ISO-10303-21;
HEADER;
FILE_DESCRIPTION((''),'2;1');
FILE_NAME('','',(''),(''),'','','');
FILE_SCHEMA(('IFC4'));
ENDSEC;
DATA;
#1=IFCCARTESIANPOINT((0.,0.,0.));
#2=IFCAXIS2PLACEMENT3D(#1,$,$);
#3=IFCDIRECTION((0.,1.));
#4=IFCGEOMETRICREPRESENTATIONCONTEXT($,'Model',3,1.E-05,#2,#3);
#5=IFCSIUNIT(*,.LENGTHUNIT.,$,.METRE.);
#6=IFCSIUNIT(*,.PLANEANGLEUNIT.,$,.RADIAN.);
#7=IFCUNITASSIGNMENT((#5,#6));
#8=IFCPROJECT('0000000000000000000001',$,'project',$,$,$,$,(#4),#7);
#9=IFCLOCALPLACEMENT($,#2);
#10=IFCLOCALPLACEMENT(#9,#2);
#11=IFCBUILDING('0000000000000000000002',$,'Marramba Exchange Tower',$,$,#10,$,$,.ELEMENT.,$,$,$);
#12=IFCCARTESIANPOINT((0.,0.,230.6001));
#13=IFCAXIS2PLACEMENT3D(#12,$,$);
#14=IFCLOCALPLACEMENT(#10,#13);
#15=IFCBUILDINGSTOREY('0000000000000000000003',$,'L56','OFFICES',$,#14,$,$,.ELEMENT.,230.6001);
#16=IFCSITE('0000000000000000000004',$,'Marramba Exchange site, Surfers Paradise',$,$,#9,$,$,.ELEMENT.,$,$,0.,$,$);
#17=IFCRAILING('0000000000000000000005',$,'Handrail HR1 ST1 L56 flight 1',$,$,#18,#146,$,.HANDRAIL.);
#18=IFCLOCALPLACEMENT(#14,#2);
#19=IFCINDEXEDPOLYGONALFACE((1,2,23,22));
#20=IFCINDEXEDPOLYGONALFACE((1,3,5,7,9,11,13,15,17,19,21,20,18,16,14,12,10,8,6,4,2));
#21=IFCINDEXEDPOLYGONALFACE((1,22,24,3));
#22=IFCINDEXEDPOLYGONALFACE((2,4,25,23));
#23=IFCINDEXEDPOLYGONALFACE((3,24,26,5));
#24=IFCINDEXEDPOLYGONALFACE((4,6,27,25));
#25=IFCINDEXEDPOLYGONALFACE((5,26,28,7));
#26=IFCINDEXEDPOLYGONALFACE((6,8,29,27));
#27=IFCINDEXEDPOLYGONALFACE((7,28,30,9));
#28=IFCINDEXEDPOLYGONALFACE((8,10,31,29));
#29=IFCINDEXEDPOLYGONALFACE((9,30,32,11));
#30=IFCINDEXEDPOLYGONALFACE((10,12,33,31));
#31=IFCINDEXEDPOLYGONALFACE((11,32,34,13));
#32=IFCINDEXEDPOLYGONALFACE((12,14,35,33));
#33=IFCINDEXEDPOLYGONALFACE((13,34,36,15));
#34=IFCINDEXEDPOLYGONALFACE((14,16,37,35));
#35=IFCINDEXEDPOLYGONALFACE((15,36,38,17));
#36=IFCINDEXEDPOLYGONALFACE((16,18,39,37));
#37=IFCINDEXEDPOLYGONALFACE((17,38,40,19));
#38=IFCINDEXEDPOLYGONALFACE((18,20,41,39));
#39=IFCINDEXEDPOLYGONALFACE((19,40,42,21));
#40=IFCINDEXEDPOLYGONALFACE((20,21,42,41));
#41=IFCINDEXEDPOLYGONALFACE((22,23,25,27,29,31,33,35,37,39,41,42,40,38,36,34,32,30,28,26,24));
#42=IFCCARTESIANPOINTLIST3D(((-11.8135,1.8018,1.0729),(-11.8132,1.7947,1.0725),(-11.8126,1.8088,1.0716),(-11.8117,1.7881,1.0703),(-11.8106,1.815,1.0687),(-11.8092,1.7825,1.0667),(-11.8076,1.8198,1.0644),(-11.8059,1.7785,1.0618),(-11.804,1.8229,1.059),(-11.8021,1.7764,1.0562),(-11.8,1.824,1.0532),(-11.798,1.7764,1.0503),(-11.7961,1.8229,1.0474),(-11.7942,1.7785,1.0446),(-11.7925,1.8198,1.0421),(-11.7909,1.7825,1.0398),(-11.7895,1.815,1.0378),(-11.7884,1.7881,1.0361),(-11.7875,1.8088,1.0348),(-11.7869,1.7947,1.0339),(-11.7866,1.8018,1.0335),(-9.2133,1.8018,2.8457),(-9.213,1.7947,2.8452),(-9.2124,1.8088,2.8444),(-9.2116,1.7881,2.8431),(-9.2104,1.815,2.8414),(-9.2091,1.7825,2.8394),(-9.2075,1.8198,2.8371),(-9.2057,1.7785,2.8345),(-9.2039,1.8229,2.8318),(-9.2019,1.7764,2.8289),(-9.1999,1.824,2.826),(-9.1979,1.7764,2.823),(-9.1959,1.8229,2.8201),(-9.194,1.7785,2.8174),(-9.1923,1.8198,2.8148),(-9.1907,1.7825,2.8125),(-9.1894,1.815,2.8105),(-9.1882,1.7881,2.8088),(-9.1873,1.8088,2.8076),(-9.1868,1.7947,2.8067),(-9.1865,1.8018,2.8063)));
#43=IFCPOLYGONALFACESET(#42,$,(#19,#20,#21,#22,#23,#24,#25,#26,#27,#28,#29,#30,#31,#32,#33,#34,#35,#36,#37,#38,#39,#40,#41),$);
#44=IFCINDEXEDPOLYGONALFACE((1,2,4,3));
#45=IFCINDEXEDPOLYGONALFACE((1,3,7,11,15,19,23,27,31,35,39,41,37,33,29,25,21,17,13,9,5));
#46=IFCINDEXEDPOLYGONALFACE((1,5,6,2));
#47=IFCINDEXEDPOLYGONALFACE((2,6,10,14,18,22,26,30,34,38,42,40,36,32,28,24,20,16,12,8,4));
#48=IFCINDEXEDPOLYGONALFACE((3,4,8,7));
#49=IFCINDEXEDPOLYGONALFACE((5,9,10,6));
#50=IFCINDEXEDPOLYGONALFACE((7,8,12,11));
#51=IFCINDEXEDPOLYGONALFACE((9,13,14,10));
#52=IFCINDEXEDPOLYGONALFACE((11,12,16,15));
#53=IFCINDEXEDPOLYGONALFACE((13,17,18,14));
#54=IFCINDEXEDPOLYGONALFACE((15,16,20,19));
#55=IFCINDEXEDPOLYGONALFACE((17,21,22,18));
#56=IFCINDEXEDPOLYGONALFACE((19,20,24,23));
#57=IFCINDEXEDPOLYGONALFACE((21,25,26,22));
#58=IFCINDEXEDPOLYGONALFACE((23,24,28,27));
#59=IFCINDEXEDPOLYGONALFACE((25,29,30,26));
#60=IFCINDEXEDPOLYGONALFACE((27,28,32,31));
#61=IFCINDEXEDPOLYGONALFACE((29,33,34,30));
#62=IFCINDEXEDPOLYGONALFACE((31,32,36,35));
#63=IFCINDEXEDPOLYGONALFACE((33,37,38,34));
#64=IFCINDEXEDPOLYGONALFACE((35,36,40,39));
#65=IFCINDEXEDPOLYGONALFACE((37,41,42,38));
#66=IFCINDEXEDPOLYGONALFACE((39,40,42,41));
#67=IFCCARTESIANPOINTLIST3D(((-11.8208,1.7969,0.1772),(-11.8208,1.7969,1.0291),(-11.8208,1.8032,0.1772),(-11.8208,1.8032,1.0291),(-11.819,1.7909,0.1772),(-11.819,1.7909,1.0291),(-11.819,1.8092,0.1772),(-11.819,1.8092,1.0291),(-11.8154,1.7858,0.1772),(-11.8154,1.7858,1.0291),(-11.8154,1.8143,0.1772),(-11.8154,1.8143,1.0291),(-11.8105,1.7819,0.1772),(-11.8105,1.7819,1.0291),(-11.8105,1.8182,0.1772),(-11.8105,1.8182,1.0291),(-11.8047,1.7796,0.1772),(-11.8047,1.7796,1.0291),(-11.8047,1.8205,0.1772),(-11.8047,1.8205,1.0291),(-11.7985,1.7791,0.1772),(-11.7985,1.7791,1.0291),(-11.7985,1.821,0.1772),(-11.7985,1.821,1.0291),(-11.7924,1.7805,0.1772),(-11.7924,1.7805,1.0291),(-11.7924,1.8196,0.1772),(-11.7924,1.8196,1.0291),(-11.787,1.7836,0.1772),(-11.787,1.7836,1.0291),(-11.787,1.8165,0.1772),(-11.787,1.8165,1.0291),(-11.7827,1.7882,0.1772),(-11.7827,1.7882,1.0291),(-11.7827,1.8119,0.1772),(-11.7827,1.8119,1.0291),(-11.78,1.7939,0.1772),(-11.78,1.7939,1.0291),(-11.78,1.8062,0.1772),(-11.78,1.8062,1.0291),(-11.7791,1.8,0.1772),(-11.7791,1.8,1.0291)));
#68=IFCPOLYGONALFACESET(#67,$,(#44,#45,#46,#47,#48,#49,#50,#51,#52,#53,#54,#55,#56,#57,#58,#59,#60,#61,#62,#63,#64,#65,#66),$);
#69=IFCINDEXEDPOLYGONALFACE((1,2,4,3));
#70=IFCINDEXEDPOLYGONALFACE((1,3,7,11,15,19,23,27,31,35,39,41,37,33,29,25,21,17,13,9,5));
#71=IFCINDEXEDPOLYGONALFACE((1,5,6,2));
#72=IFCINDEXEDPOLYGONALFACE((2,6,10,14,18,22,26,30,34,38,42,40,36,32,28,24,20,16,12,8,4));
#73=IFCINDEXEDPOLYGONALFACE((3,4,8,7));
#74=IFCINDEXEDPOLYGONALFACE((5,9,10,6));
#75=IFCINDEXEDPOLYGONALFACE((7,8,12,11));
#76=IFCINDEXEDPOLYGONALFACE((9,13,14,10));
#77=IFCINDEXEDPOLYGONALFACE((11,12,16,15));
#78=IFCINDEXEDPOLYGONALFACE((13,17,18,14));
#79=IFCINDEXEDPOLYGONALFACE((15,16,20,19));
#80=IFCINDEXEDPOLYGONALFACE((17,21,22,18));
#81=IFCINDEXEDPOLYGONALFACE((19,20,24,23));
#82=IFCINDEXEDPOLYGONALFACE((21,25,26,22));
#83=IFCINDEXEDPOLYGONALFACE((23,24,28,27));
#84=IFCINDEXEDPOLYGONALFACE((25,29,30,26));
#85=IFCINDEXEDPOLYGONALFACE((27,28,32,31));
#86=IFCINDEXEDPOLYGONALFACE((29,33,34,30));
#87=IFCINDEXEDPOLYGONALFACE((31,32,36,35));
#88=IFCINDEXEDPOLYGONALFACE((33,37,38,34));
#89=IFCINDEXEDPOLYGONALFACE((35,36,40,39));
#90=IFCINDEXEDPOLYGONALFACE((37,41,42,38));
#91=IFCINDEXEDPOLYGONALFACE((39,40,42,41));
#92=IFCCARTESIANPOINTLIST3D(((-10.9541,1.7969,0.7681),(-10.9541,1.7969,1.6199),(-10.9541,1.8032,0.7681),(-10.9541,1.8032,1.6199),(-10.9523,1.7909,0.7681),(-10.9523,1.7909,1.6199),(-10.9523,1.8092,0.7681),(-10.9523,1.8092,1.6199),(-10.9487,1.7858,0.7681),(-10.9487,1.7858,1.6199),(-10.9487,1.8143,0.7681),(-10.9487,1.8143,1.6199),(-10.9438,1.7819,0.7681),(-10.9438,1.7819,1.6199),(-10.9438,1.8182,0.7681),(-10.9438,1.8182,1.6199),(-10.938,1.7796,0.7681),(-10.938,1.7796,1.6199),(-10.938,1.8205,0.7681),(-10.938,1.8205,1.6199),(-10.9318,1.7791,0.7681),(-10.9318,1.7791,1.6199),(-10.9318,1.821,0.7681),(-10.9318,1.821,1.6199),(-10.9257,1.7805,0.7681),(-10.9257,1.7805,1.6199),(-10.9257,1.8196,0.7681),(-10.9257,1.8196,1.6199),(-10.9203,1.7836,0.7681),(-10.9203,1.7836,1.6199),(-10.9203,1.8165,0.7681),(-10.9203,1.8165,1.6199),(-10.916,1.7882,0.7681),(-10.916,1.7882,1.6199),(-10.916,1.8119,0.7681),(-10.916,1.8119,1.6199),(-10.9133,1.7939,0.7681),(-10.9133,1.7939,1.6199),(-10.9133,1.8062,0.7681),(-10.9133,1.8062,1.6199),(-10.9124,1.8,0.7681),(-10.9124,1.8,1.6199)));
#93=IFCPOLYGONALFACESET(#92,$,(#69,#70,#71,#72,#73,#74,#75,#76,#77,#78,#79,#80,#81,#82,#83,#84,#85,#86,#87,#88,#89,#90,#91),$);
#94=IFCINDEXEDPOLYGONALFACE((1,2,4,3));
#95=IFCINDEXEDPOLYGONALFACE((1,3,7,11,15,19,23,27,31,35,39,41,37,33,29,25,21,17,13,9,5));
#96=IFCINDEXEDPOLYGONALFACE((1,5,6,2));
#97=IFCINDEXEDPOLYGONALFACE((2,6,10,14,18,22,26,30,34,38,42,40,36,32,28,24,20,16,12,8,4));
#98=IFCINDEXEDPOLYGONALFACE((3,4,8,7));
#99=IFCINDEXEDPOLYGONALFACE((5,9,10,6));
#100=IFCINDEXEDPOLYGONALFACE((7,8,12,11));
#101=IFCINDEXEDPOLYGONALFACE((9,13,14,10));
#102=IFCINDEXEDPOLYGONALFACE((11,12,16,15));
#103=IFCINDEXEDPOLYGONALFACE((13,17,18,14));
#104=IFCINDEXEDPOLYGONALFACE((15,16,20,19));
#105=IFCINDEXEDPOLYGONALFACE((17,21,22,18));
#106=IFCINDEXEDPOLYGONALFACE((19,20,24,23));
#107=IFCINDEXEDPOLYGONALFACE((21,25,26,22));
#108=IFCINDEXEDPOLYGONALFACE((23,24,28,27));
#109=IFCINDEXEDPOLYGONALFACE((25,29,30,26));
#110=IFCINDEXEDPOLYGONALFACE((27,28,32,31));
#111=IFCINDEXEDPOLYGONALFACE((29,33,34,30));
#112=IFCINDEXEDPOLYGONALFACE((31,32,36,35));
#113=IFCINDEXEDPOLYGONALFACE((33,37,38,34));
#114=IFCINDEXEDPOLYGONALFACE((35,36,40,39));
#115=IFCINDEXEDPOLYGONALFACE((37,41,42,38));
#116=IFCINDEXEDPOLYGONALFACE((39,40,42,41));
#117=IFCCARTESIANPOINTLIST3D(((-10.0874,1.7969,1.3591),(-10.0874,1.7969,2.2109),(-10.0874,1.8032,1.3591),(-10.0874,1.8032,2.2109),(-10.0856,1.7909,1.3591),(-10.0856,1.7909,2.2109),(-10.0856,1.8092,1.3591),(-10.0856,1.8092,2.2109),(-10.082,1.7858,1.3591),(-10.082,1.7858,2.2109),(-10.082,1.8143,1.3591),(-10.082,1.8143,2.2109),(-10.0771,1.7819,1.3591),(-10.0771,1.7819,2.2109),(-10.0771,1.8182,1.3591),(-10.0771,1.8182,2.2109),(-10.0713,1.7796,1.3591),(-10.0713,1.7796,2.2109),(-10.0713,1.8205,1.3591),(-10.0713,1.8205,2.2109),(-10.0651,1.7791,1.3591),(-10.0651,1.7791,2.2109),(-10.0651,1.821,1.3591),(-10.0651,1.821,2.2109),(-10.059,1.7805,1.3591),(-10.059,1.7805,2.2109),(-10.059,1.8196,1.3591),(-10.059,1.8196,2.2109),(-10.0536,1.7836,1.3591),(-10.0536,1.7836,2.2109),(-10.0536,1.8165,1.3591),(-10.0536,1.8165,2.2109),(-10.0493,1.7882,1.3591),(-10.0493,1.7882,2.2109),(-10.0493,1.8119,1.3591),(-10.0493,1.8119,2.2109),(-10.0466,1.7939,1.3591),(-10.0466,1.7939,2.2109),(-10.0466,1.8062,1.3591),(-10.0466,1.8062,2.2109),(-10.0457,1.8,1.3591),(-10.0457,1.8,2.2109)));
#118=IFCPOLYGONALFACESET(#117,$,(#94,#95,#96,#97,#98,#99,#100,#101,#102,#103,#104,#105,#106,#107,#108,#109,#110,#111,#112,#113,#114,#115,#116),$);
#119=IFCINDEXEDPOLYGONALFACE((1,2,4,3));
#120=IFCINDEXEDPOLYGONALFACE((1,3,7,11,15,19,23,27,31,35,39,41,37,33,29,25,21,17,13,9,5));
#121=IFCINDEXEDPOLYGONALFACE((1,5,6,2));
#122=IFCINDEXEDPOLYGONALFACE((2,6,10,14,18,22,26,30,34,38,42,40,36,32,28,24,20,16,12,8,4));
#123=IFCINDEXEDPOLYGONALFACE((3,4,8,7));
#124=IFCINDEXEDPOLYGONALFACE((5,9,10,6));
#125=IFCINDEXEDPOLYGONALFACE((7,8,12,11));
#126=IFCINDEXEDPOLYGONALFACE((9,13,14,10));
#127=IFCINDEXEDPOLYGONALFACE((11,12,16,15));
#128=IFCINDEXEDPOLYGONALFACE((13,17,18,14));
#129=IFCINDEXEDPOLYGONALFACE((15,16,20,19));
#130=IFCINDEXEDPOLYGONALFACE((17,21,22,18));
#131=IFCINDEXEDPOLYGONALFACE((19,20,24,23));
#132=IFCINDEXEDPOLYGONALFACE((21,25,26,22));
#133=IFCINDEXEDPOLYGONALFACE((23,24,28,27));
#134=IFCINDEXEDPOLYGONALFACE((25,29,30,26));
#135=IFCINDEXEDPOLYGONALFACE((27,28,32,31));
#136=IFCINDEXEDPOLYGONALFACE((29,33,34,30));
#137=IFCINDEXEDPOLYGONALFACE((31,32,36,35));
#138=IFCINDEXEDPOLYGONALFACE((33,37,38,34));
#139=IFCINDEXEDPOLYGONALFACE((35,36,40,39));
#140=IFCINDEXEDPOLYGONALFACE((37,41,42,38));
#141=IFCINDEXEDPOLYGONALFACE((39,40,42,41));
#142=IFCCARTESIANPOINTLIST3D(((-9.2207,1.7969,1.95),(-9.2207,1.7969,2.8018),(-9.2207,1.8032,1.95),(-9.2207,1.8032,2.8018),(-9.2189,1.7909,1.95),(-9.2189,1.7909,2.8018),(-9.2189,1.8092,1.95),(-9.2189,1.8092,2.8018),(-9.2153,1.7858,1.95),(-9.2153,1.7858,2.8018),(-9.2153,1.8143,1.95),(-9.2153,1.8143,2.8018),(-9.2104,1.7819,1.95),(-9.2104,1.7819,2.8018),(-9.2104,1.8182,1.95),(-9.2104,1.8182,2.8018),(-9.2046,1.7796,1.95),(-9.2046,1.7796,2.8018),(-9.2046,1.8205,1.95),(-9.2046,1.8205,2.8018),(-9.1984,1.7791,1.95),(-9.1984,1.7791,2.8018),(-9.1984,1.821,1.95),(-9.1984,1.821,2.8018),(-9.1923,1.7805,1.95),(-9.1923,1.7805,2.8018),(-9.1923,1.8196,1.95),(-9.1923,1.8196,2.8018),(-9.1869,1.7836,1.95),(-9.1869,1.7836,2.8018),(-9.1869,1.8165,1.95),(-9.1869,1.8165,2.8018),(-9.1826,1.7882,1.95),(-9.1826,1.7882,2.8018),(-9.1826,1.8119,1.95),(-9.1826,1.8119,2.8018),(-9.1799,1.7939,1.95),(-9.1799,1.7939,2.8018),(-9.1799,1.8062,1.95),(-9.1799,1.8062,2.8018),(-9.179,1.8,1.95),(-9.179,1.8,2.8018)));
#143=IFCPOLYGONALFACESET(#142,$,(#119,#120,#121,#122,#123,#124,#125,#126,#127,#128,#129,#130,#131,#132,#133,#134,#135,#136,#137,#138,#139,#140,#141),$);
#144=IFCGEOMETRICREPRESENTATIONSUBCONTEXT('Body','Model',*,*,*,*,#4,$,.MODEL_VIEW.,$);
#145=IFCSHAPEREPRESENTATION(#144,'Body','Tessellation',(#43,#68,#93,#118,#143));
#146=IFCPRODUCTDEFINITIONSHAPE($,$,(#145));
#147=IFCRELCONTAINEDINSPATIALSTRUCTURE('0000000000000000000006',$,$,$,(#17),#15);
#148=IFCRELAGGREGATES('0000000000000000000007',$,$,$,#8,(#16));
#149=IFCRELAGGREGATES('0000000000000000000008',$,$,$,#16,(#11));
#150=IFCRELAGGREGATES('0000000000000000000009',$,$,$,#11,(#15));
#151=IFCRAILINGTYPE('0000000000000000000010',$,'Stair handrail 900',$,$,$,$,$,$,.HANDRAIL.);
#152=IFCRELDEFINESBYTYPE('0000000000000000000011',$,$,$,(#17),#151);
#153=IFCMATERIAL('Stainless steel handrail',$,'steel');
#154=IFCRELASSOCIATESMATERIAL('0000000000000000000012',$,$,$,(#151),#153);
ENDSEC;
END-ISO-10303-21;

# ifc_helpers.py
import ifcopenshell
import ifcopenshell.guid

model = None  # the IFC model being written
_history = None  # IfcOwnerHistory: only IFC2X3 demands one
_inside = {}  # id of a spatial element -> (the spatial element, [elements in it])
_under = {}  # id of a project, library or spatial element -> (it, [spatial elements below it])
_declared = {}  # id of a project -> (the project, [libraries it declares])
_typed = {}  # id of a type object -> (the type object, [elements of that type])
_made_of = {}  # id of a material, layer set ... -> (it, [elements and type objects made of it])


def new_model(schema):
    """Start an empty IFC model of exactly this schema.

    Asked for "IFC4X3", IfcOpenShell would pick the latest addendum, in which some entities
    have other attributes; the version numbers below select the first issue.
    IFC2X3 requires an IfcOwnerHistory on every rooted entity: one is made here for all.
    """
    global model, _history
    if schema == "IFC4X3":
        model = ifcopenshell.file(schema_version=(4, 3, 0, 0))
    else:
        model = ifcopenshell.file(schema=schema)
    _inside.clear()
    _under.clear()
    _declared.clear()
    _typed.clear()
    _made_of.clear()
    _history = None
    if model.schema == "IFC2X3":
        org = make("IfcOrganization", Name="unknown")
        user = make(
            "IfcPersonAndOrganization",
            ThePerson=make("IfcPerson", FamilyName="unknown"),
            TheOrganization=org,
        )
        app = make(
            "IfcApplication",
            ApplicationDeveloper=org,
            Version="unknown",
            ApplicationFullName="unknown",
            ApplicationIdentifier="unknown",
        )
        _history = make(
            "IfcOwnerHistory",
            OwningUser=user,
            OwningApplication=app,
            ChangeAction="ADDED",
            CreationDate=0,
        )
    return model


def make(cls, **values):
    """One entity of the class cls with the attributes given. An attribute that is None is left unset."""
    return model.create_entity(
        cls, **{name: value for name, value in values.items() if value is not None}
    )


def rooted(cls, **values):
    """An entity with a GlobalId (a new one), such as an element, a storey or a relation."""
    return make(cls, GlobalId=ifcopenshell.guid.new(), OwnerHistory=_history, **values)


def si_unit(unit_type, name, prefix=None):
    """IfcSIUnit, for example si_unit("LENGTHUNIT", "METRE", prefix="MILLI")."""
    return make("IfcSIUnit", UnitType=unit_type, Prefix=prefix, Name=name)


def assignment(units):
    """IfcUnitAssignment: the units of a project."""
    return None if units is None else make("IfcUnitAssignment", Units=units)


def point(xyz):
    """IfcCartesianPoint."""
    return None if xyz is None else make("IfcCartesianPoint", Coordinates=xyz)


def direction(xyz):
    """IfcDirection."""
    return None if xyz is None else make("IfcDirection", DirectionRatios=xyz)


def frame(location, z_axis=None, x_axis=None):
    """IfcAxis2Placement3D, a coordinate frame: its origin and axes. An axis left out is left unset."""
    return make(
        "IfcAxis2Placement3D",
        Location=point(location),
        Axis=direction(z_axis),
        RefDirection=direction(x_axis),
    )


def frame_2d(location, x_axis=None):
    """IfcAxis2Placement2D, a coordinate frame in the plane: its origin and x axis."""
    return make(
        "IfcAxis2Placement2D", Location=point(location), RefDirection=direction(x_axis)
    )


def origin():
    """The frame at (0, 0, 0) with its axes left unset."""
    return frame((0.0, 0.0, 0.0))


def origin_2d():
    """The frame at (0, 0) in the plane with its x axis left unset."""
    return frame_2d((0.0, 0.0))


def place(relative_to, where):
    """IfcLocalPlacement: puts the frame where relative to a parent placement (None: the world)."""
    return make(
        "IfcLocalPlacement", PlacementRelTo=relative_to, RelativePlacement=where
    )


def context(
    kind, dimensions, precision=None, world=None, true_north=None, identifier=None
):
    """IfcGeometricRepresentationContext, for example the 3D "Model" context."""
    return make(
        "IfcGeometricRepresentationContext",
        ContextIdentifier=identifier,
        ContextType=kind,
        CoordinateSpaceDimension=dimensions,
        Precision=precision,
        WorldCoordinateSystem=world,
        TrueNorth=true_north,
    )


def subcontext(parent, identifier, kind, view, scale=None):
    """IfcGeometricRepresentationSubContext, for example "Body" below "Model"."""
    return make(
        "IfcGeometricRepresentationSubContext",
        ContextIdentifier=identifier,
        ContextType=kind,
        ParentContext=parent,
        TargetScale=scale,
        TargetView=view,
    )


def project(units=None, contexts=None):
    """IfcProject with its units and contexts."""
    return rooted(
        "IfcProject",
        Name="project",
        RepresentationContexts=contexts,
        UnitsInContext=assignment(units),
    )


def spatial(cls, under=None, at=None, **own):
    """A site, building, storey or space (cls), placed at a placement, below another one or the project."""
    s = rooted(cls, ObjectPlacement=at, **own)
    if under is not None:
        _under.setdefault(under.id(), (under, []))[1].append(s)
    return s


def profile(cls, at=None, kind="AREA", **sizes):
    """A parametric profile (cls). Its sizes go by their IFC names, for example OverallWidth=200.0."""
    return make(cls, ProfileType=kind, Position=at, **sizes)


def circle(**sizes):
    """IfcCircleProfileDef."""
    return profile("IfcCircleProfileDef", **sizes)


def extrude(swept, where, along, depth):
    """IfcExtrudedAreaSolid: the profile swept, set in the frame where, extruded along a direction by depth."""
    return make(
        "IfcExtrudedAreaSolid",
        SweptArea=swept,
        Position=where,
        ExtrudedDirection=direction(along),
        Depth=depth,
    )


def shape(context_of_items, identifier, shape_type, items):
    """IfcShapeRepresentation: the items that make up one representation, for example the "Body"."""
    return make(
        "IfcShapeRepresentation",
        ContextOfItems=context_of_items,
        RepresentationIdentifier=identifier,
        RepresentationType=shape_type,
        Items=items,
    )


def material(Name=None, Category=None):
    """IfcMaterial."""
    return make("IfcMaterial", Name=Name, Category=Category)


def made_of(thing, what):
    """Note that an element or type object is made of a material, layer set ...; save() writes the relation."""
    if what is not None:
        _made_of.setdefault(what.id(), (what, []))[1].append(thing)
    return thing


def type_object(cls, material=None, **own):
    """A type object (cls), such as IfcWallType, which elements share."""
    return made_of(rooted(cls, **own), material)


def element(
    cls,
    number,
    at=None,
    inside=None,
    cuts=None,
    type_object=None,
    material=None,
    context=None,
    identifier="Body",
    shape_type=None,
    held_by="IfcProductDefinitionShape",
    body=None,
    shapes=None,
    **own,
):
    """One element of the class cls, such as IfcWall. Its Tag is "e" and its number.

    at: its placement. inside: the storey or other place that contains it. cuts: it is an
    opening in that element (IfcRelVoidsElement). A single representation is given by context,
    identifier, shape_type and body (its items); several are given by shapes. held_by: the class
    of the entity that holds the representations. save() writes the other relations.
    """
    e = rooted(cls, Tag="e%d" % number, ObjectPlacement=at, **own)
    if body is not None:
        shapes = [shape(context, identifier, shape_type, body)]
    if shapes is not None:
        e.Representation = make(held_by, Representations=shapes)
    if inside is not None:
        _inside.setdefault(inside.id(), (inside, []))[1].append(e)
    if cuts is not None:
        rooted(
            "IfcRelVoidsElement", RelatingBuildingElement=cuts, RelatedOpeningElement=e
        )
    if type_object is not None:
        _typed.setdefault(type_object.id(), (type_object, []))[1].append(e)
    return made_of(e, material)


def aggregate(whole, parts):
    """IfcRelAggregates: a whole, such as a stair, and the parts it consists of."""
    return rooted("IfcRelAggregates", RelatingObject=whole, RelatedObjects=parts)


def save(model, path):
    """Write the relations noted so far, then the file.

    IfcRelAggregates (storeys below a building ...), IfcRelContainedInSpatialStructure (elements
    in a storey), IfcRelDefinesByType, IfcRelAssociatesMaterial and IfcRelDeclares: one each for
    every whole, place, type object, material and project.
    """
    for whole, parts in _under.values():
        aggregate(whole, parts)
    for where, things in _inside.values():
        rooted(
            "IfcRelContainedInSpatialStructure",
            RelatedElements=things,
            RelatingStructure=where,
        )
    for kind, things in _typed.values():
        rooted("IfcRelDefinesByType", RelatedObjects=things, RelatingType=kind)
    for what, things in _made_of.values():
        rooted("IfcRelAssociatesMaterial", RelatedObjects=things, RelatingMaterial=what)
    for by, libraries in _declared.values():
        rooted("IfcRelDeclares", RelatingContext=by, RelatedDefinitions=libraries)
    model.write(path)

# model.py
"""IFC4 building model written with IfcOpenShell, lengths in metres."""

from ifc_helpers import new_model, si_unit, direction, frame, origin, origin_2d, place, context, subcontext, project, spatial, circle, extrude, material, type_object, element, save


model = new_model("IFC4")

# Units and contexts
model_context = context("Model", 3, precision=1e-05, world=origin(), true_north=direction((0.0, 1.0)))
body_context = subcontext(model_context, "Body", "Model", "MODEL_VIEW")
ifc_project = project(units=[si_unit("LENGTHUNIT", "METRE"), si_unit("PLANEANGLEUNIT", "RADIAN")], contexts=[model_context])

# Site, building, storey
site_placement = place(None, origin())
site = spatial("IfcSite", under=ifc_project, at=site_placement, Name="Marramba Exchange site, Surfers Paradise", CompositionType="ELEMENT", RefElevation=0.0)
building_placement = place(site_placement, origin())
building = spatial("IfcBuilding", under=site, at=building_placement, Name="Marramba Exchange Tower", CompositionType="ELEMENT")
storey_placement = place(building_placement, frame((0.0, 0.0, 230.6001)))
storey = spatial("IfcBuildingStorey", under=building, at=storey_placement, Name="L56", Description="OFFICES", CompositionType="ELEMENT", Elevation=230.6001)

# Railing
ifc_material_1 = material(Name="Stainless steel handrail", Category="steel")
railing_type = type_object("IfcRailingType", Name="Stair handrail 900", PredefinedType="HANDRAIL", material=ifc_material_1)
railing_placement = place(storey_placement, frame((-11.8, 1.8, 0.1772)))
element("IfcRailing", 1, at=railing_placement, inside=storey, type_object=railing_type, Name="Handrail HR1 ST1 L56 flight 1", PredefinedType="HANDRAIL", context=body_context, shape_type="SweptSolid", body=[
    extrude(circle(Radius=0.0239, at=origin_2d()), frame((0.0, 0.0, 0.876), z_axis=(0.82624, 0.0, 0.563318), x_axis=(0.0, 1.0, 0.0)), (0.0, 0.0, 1.0), 3.147),
    extrude(circle(Radius=0.021, at=origin_2d()), origin(), (0.0, 0.0, 1.0), 0.8518),
    extrude(circle(Radius=0.021, at=origin_2d()), frame((0.8667, 0.0, 0.5908)), (0.0, 0.0, 1.0), 0.8518),
    extrude(circle(Radius=0.021, at=origin_2d()), frame((1.7334, 0.0, 1.1819)), (0.0, 0.0, 1.0), 0.8518),
    extrude(circle(Radius=0.021, at=origin_2d()), frame((2.6001, 0.0, 1.7727)), (0.0, 0.0, 1.0), 0.8518),
])

save(model, "model.ifc")
